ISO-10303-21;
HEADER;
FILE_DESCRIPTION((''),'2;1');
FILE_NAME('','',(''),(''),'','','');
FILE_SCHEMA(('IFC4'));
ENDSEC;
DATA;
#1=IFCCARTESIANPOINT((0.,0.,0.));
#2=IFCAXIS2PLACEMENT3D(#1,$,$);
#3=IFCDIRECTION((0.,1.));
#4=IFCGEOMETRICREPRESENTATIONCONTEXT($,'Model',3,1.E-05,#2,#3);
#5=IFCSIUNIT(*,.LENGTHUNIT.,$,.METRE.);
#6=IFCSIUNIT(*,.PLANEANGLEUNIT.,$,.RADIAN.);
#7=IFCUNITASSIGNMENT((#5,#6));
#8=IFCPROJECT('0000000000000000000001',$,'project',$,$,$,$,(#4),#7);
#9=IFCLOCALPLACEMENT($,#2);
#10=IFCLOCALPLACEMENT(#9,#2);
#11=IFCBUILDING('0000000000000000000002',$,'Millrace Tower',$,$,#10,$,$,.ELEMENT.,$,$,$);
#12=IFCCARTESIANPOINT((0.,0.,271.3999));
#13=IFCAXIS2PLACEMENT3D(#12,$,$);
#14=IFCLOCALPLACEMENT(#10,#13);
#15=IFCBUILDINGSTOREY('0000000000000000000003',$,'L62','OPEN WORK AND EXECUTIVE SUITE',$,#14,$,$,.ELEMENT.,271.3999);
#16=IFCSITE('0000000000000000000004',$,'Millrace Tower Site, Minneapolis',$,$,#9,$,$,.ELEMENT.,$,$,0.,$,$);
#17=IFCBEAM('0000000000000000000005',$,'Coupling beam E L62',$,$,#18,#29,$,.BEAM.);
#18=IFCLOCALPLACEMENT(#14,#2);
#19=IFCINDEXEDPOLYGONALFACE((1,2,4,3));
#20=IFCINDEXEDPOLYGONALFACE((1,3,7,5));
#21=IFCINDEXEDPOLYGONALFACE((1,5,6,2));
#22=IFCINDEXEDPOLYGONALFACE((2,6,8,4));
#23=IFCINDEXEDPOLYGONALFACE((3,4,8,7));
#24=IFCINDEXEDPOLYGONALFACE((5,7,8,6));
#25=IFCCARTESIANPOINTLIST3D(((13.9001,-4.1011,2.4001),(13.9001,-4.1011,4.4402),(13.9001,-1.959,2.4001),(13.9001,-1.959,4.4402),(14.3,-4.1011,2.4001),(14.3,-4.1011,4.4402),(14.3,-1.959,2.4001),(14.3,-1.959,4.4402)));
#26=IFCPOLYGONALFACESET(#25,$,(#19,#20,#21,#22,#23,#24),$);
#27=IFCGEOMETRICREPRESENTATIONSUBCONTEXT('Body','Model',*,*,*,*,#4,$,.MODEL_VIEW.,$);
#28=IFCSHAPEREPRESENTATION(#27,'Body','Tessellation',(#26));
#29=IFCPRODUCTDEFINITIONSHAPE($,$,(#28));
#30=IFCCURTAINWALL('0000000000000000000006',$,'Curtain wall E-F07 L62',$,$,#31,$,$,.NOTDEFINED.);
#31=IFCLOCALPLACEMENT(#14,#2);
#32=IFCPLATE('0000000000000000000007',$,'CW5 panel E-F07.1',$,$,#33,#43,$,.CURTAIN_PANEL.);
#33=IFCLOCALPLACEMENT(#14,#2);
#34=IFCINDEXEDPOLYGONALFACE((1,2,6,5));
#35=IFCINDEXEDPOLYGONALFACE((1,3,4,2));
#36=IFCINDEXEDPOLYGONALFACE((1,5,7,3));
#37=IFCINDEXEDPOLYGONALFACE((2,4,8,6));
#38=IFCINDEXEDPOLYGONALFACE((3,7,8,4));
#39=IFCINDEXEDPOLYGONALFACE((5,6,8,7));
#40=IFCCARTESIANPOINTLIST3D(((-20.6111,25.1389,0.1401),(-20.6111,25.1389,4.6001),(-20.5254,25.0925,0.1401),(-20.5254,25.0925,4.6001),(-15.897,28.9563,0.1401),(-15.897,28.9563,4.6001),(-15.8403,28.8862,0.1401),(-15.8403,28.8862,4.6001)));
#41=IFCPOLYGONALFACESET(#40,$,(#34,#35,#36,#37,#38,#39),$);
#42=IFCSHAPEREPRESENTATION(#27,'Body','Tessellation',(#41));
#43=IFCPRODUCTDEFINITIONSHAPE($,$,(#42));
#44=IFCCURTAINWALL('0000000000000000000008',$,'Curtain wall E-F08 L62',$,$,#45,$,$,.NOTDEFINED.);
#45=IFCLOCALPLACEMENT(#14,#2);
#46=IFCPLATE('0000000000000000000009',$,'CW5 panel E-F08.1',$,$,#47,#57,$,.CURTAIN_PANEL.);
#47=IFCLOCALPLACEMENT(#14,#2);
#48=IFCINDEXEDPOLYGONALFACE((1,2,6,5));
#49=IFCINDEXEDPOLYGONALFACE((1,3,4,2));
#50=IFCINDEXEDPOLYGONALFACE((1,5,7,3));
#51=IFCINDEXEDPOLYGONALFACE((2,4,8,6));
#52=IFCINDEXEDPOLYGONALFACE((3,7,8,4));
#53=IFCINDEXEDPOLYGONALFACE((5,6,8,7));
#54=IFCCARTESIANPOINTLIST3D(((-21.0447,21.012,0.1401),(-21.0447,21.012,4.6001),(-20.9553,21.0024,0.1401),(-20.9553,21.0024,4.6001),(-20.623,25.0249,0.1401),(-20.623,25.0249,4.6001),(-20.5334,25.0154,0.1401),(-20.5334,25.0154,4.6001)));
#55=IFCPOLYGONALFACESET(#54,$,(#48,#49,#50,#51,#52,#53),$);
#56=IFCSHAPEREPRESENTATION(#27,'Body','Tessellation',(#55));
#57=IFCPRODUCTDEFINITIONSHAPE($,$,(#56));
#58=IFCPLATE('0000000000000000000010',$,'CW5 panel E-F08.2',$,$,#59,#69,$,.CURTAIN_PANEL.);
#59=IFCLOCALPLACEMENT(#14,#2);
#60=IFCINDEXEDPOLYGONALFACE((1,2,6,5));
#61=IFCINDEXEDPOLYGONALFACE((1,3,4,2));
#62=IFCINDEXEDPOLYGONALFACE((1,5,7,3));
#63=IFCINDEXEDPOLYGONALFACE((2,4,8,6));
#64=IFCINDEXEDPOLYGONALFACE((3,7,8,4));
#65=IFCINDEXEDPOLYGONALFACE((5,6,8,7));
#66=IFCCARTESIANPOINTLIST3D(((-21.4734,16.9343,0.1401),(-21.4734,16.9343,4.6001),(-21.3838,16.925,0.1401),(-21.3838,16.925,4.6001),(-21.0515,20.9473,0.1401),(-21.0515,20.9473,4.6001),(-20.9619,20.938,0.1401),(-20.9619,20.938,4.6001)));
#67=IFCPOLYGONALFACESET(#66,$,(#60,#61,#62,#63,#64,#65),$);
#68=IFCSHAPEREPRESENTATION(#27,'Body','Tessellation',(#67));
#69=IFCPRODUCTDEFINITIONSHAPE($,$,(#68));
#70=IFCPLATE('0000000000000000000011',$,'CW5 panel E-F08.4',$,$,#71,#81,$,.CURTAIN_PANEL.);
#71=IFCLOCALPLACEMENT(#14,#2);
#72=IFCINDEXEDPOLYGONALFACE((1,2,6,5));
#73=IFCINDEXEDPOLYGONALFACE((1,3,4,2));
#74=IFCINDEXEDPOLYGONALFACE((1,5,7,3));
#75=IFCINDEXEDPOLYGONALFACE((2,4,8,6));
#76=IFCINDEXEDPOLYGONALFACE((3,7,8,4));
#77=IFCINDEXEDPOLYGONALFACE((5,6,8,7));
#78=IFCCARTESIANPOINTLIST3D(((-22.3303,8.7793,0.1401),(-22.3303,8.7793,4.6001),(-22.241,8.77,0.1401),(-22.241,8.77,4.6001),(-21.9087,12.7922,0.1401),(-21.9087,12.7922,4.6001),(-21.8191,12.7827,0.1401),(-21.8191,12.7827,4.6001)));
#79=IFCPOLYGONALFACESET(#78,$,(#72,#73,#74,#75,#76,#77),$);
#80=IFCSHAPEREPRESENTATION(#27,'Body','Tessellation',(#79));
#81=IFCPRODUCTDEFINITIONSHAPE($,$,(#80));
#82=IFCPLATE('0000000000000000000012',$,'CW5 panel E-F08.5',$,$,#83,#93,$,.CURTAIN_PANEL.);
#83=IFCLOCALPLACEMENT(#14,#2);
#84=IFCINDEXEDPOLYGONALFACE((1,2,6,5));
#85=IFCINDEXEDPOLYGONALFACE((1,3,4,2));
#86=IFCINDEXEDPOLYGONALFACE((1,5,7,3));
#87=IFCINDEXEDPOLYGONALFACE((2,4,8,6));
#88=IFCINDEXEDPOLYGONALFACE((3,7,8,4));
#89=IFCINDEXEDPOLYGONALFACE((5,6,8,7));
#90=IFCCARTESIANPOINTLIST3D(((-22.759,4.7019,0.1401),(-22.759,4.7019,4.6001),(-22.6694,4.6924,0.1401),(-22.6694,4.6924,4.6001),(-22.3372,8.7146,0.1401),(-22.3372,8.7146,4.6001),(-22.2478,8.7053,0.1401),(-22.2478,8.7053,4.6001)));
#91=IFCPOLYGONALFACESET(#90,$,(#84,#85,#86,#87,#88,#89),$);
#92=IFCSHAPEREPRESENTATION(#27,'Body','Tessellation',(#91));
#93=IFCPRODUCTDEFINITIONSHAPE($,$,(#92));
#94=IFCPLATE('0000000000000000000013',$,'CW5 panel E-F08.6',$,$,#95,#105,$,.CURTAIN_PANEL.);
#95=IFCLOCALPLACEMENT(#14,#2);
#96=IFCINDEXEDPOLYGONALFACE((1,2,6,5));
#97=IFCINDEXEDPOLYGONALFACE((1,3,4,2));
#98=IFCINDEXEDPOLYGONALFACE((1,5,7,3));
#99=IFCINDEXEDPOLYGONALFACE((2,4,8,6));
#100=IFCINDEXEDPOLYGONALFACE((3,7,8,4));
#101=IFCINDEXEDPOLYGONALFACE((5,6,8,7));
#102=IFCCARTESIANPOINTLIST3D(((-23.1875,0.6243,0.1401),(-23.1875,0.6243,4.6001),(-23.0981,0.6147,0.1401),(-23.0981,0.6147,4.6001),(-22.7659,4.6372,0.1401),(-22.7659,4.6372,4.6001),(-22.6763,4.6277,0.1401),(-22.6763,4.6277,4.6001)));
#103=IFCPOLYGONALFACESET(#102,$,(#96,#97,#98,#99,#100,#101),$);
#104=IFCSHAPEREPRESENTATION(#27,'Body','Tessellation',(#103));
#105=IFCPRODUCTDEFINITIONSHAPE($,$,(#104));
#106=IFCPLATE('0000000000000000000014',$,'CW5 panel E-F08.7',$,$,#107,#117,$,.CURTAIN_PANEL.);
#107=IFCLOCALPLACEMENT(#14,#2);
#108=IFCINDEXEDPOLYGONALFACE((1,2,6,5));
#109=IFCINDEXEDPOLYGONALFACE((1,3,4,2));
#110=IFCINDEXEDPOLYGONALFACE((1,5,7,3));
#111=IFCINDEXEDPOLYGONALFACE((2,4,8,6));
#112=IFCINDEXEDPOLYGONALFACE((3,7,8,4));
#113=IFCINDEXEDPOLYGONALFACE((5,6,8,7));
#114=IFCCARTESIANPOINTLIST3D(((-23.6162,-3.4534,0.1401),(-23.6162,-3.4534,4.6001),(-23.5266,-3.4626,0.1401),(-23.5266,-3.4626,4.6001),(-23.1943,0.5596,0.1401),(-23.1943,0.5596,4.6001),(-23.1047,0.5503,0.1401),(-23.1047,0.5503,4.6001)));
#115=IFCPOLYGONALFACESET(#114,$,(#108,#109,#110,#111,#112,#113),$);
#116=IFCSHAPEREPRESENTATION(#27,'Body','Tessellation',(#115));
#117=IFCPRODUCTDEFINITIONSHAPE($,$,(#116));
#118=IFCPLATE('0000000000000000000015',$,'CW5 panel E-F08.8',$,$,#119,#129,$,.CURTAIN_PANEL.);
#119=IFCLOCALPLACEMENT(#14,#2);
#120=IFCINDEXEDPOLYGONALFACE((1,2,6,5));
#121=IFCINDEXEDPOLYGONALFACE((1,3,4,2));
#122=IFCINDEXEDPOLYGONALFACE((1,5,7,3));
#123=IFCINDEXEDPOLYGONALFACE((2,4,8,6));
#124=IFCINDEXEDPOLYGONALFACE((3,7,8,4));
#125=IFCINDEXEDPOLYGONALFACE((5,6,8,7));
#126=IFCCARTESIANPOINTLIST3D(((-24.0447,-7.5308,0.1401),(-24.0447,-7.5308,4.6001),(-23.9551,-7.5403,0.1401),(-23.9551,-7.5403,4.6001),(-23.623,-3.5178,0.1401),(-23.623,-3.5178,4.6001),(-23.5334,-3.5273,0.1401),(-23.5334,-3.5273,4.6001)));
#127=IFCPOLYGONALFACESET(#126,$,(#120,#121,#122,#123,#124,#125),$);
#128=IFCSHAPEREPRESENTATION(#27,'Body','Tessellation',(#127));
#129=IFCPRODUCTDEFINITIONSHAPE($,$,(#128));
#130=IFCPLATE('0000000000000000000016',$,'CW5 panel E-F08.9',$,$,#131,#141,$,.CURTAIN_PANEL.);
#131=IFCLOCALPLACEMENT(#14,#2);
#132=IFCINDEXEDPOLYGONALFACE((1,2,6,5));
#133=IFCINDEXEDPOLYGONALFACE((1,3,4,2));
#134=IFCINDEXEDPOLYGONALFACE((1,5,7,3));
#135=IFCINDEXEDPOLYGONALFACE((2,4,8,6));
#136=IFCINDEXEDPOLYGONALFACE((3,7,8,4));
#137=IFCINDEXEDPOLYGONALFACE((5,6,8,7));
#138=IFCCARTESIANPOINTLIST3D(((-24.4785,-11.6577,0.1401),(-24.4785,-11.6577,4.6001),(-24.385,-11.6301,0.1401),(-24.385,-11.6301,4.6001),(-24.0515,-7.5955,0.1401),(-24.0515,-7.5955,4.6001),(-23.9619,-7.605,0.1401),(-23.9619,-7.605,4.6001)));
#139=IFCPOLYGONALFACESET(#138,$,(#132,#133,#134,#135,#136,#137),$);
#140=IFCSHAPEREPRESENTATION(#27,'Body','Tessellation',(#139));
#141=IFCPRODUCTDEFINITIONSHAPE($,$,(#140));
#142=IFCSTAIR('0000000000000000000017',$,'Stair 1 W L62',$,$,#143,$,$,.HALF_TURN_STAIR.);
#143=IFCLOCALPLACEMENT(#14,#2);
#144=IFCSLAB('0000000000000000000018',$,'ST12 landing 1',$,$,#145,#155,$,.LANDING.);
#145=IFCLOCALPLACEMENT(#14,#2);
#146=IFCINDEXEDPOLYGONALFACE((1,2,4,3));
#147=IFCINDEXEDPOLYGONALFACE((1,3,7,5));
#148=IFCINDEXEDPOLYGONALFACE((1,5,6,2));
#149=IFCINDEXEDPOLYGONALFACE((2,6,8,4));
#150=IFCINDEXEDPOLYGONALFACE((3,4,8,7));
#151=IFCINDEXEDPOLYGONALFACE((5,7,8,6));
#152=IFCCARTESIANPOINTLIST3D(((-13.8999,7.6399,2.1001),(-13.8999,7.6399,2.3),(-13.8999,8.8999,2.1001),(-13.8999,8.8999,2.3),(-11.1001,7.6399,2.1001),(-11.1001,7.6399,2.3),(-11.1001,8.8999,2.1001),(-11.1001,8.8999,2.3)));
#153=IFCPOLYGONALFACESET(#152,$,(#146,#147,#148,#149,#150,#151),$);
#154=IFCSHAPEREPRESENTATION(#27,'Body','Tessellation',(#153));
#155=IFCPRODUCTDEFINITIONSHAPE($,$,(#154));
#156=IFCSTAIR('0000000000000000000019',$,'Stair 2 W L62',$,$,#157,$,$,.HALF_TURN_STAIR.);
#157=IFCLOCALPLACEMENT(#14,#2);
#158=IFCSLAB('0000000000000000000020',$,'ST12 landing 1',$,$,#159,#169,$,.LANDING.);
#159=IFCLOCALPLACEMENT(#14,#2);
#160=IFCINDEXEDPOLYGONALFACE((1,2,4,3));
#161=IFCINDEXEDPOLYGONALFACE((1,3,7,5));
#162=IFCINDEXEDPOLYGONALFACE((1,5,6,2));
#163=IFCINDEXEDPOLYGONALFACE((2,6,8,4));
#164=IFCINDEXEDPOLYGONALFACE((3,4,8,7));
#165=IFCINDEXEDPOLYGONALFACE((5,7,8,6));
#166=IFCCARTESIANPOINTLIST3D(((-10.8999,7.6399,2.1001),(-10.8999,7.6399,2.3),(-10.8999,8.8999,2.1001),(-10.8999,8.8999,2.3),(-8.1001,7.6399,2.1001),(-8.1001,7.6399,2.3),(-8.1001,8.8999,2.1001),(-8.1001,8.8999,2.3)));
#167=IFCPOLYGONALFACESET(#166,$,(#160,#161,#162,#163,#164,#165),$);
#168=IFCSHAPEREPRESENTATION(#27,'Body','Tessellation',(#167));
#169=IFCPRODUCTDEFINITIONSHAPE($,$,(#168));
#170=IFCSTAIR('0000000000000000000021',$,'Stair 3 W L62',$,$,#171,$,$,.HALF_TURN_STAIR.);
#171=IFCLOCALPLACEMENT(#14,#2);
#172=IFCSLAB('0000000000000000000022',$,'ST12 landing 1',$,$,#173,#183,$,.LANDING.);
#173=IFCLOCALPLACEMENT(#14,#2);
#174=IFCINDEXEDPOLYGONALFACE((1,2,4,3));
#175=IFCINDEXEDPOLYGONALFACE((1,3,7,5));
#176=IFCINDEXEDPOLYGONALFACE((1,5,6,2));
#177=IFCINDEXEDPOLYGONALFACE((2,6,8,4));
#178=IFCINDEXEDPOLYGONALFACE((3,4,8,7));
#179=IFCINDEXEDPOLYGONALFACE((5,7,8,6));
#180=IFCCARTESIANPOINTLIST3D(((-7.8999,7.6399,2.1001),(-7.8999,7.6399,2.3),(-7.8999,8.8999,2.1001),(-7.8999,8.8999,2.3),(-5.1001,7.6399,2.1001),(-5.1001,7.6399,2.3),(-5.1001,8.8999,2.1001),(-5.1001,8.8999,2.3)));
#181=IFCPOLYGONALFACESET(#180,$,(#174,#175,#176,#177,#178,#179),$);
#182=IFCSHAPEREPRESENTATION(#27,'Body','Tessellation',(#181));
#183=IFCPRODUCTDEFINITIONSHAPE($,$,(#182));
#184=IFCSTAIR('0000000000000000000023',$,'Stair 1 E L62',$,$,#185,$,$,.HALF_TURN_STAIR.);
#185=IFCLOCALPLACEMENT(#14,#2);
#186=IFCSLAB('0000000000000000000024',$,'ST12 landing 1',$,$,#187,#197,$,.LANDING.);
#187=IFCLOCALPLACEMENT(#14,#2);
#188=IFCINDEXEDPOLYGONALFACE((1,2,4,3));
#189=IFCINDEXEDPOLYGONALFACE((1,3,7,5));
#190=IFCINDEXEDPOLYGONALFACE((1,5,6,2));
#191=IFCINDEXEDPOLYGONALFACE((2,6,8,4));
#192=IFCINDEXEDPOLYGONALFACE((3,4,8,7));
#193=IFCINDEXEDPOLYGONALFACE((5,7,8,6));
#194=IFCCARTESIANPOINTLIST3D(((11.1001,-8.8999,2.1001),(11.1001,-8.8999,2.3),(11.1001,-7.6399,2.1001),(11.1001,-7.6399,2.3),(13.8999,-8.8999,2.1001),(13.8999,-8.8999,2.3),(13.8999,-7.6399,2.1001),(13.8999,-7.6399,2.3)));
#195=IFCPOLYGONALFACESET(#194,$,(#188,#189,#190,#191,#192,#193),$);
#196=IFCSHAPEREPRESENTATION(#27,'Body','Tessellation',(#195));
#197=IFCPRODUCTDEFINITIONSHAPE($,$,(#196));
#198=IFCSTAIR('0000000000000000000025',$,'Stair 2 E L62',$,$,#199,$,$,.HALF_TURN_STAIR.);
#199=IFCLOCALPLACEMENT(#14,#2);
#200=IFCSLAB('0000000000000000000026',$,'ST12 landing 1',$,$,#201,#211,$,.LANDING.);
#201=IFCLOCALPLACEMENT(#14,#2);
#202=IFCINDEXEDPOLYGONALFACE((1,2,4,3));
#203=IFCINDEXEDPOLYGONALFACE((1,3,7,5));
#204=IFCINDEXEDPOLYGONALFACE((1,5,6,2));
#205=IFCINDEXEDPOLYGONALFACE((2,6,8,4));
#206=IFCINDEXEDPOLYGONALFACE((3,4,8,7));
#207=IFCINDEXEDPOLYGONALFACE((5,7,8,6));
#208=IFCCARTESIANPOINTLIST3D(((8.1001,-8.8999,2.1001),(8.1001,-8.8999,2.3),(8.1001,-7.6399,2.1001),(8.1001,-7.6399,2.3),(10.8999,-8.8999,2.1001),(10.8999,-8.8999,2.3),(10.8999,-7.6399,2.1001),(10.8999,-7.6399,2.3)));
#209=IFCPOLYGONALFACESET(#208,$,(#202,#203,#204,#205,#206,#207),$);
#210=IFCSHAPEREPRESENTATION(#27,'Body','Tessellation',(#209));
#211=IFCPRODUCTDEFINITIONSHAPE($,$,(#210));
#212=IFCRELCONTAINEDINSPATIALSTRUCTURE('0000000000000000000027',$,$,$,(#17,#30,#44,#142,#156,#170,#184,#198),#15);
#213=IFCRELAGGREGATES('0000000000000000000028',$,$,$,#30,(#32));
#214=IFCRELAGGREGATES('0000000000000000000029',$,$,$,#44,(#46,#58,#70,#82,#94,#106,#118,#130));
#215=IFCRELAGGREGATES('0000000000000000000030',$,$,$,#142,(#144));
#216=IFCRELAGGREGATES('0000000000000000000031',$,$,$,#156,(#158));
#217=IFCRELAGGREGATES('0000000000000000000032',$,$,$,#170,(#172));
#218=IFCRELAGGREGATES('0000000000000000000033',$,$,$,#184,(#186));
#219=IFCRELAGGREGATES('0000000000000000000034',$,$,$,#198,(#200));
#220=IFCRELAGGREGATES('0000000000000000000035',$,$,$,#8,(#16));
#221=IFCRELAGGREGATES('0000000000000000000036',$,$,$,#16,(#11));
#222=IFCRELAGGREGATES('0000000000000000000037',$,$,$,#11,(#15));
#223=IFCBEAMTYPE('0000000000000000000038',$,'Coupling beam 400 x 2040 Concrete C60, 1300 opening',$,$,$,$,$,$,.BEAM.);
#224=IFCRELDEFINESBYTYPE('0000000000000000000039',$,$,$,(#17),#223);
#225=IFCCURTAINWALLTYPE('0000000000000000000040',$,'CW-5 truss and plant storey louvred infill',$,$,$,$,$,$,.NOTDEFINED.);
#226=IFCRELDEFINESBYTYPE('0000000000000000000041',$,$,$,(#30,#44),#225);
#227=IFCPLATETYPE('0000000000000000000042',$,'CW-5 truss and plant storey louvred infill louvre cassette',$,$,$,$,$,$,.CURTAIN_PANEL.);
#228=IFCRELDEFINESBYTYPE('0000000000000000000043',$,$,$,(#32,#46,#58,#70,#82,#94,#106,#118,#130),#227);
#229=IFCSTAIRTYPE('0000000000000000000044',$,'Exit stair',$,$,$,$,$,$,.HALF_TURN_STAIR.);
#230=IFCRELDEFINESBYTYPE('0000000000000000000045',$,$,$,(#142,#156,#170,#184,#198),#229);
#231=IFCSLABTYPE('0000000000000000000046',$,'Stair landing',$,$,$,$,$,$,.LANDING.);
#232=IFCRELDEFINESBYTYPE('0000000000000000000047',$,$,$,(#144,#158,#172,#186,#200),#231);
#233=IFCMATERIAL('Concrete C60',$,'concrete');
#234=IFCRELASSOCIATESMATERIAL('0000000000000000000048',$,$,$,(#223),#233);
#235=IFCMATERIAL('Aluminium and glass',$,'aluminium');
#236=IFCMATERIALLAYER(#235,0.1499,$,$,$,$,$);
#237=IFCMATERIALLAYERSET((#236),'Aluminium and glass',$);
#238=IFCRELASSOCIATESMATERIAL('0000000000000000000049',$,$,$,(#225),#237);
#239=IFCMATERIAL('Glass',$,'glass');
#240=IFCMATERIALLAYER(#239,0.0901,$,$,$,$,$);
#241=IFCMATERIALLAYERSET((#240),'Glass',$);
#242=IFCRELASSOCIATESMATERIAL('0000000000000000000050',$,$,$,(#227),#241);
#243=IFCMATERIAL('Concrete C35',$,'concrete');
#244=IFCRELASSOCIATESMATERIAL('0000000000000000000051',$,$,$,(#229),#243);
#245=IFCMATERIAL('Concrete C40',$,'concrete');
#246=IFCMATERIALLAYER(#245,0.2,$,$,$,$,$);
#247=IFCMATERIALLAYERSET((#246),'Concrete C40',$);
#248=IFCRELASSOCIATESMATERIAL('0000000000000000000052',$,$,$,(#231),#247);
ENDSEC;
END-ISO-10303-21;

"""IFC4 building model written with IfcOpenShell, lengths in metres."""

from ifc_helpers import new_model, si_unit, direction, frame, origin, origin_2d, place, context, subcontext, project, spatial, polyline, rectangle, outline, extrude, material, layer, layer_set, material_profile, profile_set, type_object, element, aggregate, save


model = new_model("IFC4")

# Units and contexts
model_context = context("Model", 3, precision=1e-05, world=origin(), true_north=direction((0.0, 1.0)))
body_context = subcontext(model_context, "Body", "Model", "MODEL_VIEW")
ifc_project = project(units=[si_unit("LENGTHUNIT", "METRE"), si_unit("PLANEANGLEUNIT", "RADIAN")], contexts=[model_context])

# Site, building, storey
site_placement = place(None, origin())
site = spatial("IfcSite", under=ifc_project, at=site_placement, Name="Millrace Tower Site, Minneapolis", CompositionType="ELEMENT", RefElevation=0.0)
building_placement = place(site_placement, origin())
building = spatial("IfcBuilding", under=site, at=building_placement, Name="Millrace Tower", CompositionType="ELEMENT")
storey_placement = place(building_placement, frame((0.0, 0.0, 271.3999)))
storey = spatial("IfcBuildingStorey", under=building, at=storey_placement, Name="L62", Description="OPEN WORK AND EXECUTIVE SUITE", CompositionType="ELEMENT", Elevation=271.3999)

# Beam
ifc_material_1 = material(Name="Concrete C60", Category="concrete")
ifc_material_profile = material_profile(ifc_material_1, rectangle(XDim=0.3999, YDim=2.04, at=origin_2d()))
ifc_profile_set = profile_set([ifc_material_profile], Name="Concrete C60")
beam_type = type_object("IfcBeamType", Name="Coupling beam 400 x 2040 Concrete C60, 1300 opening", PredefinedType="BEAM", material=ifc_profile_set)
beam_placement = place(storey_placement, frame((14.1001, -1.959, 3.4202), z_axis=(0.0, -1.0, 0.0), x_axis=(1.0, 0.0, 0.0)))
element("IfcBeam", 1, at=beam_placement, inside=storey, type_object=beam_type, Name="Coupling beam E L62", PredefinedType="BEAM", context=body_context, shape_type="SweptSolid", body=[
    extrude(rectangle(XDim=0.3999, YDim=2.04, at=origin_2d()), origin(), (0.0, 0.0, 1.0), 2.1421),
])

# Curtain wall, plate
ifc_material_2 = material(Name="Aluminium and glass", Category="aluminium")
ifc_layer_1 = layer(ifc_material_2, 0.1499)
ifc_layer_set_1 = layer_set([ifc_layer_1], Name="Aluminium and glass")
curtain_wall_type = type_object("IfcCurtainWallType", Name="CW-5 truss and plant storey louvred infill", PredefinedType="NOTDEFINED", material=ifc_layer_set_1)
placement_1 = place(storey_placement, origin())
curtain_wall_1 = element("IfcCurtainWall", 2, at=placement_1, inside=storey, type_object=curtain_wall_type, Name="Curtain wall E-F07 L62", PredefinedType="NOTDEFINED")
ifc_material_3 = material(Name="Glass", Category="glass")
ifc_layer_2 = layer(ifc_material_3, 0.0901)
ifc_layer_set_2 = layer_set([ifc_layer_2], Name="Glass")
plate_type = type_object("IfcPlateType", Name="CW-5 truss and plant storey louvred infill louvre cassette", PredefinedType="CURTAIN_PANEL", material=ifc_layer_set_2)
placement_2 = place(storey_placement, frame((0.0, 0.0, 0.1401)))
plate_1 = element("IfcPlate", 3, at=placement_2, type_object=plate_type, Name="CW5 panel E-F07.1", PredefinedType="CURTAIN_PANEL", context=body_context, shape_type="SweptSolid", body=[
    extrude(outline(polyline([(-15.897, 28.9563), (-20.6111, 25.1389), (-20.5254, 25.0925), (-15.8403, 28.8862), (-15.897, 28.9563)])), origin(), (0.0, 0.0, 1.0), 4.46),
])
aggregate(curtain_wall_1, [plate_1])

# Curtain wall, plates
curtain_wall_2 = element("IfcCurtainWall", 4, at=placement_1, inside=storey, type_object=curtain_wall_type, Name="Curtain wall E-F08 L62", PredefinedType="NOTDEFINED")
plate_2 = element("IfcPlate", 5, at=placement_2, type_object=plate_type, Name="CW5 panel E-F08.1", PredefinedType="CURTAIN_PANEL", context=body_context, shape_type="SweptSolid", body=[
    extrude(outline(polyline([(-20.623, 25.0249), (-21.0447, 21.012), (-20.9553, 21.0024), (-20.5334, 25.0154), (-20.623, 25.0249)])), origin(), (0.0, 0.0, 1.0), 4.46),
])
plate_3 = element("IfcPlate", 6, at=placement_2, type_object=plate_type, Name="CW5 panel E-F08.2", PredefinedType="CURTAIN_PANEL", context=body_context, shape_type="SweptSolid", body=[
    extrude(outline(polyline([(-21.0515, 20.9473), (-21.4734, 16.9343), (-21.3838, 16.925), (-20.9619, 20.938), (-21.0515, 20.9473)])), origin(), (0.0, 0.0, 1.0), 4.46),
])
plate_4 = element("IfcPlate", 7, at=placement_2, type_object=plate_type, Name="CW5 panel E-F08.4", PredefinedType="CURTAIN_PANEL", context=body_context, shape_type="SweptSolid", body=[
    extrude(outline(polyline([(-21.9087, 12.7922), (-22.3303, 8.7793), (-22.241, 8.77), (-21.8191, 12.7827), (-21.9087, 12.7922)])), origin(), (0.0, 0.0, 1.0), 4.46),
])
plate_5 = element("IfcPlate", 8, at=placement_2, type_object=plate_type, Name="CW5 panel E-F08.5", PredefinedType="CURTAIN_PANEL", context=body_context, shape_type="SweptSolid", body=[
    extrude(outline(polyline([(-22.3372, 8.7146), (-22.759, 4.7019), (-22.6694, 4.6924), (-22.2478, 8.7053), (-22.3372, 8.7146)])), origin(), (0.0, 0.0, 1.0), 4.46),
])
plate_6 = element("IfcPlate", 9, at=placement_2, type_object=plate_type, Name="CW5 panel E-F08.6", PredefinedType="CURTAIN_PANEL", context=body_context, shape_type="SweptSolid", body=[
    extrude(outline(polyline([(-22.7659, 4.6372), (-23.1875, 0.6243), (-23.0981, 0.6147), (-22.6763, 4.6277), (-22.7659, 4.6372)])), origin(), (0.0, 0.0, 1.0), 4.46),
])
plate_7 = element("IfcPlate", 10, at=placement_2, type_object=plate_type, Name="CW5 panel E-F08.7", PredefinedType="CURTAIN_PANEL", context=body_context, shape_type="SweptSolid", body=[
    extrude(outline(polyline([(-23.1943, 0.5596), (-23.6162, -3.4534), (-23.5266, -3.4626), (-23.1047, 0.5503), (-23.1943, 0.5596)])), origin(), (0.0, 0.0, 1.0), 4.46),
])
plate_8 = element("IfcPlate", 11, at=placement_2, type_object=plate_type, Name="CW5 panel E-F08.8", PredefinedType="CURTAIN_PANEL", context=body_context, shape_type="SweptSolid", body=[
    extrude(outline(polyline([(-23.623, -3.5178), (-24.0447, -7.5308), (-23.9551, -7.5403), (-23.5334, -3.5273), (-23.623, -3.5178)])), origin(), (0.0, 0.0, 1.0), 4.46),
])
plate_9 = element("IfcPlate", 12, at=placement_2, type_object=plate_type, Name="CW5 panel E-F08.9", PredefinedType="CURTAIN_PANEL", context=body_context, shape_type="SweptSolid", body=[
    extrude(outline(polyline([(-24.0515, -7.5955), (-24.4785, -11.6577), (-24.385, -11.6301), (-23.9619, -7.605), (-24.0515, -7.5955)])), origin(), (0.0, 0.0, 1.0), 4.46),
])
aggregate(curtain_wall_2, [plate_2, plate_3, plate_4, plate_5, plate_6, plate_7, plate_8, plate_9])

# Stairs, slabs
ifc_material_4 = material(Name="Concrete C35", Category="concrete")
stair_type = type_object("IfcStairType", Name="Exit stair", PredefinedType="HALF_TURN_STAIR", material=ifc_material_4)
stair_1 = element("IfcStair", 13, at=placement_1, inside=storey, type_object=stair_type, Name="Stair 1 W L62", PredefinedType="HALF_TURN_STAIR")
ifc_material_5 = material(Name="Concrete C40", Category="concrete")
ifc_layer_3 = layer(ifc_material_5, 0.2)
ifc_layer_set_3 = layer_set([ifc_layer_3], Name="Concrete C40")
slab_type = type_object("IfcSlabType", Name="Stair landing", PredefinedType="LANDING", material=ifc_layer_set_3)
placement_3 = place(storey_placement, frame((0.0, 0.0, 2.1001)))
slab_1 = element("IfcSlab", 14, at=placement_3, type_object=slab_type, Name="ST12 landing 1", PredefinedType="LANDING", context=body_context, shape_type="SweptSolid", body=[
    extrude(outline(polyline([(-13.8999, 7.6399), (-11.1001, 7.6399), (-11.1001, 8.8999), (-13.8999, 8.8999), (-13.8999, 7.6399)])), origin(), (0.0, 0.0, 1.0), 0.2),
])
aggregate(stair_1, [slab_1])
stair_2 = element("IfcStair", 15, at=placement_1, inside=storey, type_object=stair_type, Name="Stair 2 W L62", PredefinedType="HALF_TURN_STAIR")
slab_2 = element("IfcSlab", 16, at=placement_3, type_object=slab_type, Name="ST12 landing 1", PredefinedType="LANDING", context=body_context, shape_type="SweptSolid", body=[
    extrude(outline(polyline([(-10.8999, 7.6399), (-8.1001, 7.6399), (-8.1001, 8.8999), (-10.8999, 8.8999), (-10.8999, 7.6399)])), origin(), (0.0, 0.0, 1.0), 0.2),
])
aggregate(stair_2, [slab_2])
stair_3 = element("IfcStair", 17, at=placement_1, inside=storey, type_object=stair_type, Name="Stair 3 W L62", PredefinedType="HALF_TURN_STAIR")
slab_3 = element("IfcSlab", 18, at=placement_3, type_object=slab_type, Name="ST12 landing 1", PredefinedType="LANDING", context=body_context, shape_type="SweptSolid", body=[
    extrude(outline(polyline([(-7.8999, 7.6399), (-5.1001, 7.6399), (-5.1001, 8.8999), (-7.8999, 8.8999), (-7.8999, 7.6399)])), origin(), (0.0, 0.0, 1.0), 0.2),
])
aggregate(stair_3, [slab_3])
stair_4 = element("IfcStair", 19, at=placement_1, inside=storey, type_object=stair_type, Name="Stair 1 E L62", PredefinedType="HALF_TURN_STAIR")
slab_4 = element("IfcSlab", 20, at=placement_3, type_object=slab_type, Name="ST12 landing 1", PredefinedType="LANDING", context=body_context, shape_type="SweptSolid", body=[
    extrude(outline(polyline([(11.1001, -8.8999), (13.8999, -8.8999), (13.8999, -7.6399), (11.1001, -7.6399), (11.1001, -8.8999)])), origin(), (0.0, 0.0, 1.0), 0.2),
])
stair_5 = element("IfcStair", 21, at=placement_1, inside=storey, type_object=stair_type, Name="Stair 2 E L62", PredefinedType="HALF_TURN_STAIR")
slab_5 = element("IfcSlab", 22, at=placement_3, type_object=slab_type, Name="ST12 landing 1", PredefinedType="LANDING", context=body_context, shape_type="SweptSolid", body=[
    extrude(outline(polyline([(8.1001, -8.8999), (10.8999, -8.8999), (10.8999, -7.6399), (8.1001, -7.6399), (8.1001, -8.8999)])), origin(), (0.0, 0.0, 1.0), 0.2),
])

aggregate(stair_4, [slab_4])
aggregate(stair_5, [slab_5])

save(model, "model.ifc")
